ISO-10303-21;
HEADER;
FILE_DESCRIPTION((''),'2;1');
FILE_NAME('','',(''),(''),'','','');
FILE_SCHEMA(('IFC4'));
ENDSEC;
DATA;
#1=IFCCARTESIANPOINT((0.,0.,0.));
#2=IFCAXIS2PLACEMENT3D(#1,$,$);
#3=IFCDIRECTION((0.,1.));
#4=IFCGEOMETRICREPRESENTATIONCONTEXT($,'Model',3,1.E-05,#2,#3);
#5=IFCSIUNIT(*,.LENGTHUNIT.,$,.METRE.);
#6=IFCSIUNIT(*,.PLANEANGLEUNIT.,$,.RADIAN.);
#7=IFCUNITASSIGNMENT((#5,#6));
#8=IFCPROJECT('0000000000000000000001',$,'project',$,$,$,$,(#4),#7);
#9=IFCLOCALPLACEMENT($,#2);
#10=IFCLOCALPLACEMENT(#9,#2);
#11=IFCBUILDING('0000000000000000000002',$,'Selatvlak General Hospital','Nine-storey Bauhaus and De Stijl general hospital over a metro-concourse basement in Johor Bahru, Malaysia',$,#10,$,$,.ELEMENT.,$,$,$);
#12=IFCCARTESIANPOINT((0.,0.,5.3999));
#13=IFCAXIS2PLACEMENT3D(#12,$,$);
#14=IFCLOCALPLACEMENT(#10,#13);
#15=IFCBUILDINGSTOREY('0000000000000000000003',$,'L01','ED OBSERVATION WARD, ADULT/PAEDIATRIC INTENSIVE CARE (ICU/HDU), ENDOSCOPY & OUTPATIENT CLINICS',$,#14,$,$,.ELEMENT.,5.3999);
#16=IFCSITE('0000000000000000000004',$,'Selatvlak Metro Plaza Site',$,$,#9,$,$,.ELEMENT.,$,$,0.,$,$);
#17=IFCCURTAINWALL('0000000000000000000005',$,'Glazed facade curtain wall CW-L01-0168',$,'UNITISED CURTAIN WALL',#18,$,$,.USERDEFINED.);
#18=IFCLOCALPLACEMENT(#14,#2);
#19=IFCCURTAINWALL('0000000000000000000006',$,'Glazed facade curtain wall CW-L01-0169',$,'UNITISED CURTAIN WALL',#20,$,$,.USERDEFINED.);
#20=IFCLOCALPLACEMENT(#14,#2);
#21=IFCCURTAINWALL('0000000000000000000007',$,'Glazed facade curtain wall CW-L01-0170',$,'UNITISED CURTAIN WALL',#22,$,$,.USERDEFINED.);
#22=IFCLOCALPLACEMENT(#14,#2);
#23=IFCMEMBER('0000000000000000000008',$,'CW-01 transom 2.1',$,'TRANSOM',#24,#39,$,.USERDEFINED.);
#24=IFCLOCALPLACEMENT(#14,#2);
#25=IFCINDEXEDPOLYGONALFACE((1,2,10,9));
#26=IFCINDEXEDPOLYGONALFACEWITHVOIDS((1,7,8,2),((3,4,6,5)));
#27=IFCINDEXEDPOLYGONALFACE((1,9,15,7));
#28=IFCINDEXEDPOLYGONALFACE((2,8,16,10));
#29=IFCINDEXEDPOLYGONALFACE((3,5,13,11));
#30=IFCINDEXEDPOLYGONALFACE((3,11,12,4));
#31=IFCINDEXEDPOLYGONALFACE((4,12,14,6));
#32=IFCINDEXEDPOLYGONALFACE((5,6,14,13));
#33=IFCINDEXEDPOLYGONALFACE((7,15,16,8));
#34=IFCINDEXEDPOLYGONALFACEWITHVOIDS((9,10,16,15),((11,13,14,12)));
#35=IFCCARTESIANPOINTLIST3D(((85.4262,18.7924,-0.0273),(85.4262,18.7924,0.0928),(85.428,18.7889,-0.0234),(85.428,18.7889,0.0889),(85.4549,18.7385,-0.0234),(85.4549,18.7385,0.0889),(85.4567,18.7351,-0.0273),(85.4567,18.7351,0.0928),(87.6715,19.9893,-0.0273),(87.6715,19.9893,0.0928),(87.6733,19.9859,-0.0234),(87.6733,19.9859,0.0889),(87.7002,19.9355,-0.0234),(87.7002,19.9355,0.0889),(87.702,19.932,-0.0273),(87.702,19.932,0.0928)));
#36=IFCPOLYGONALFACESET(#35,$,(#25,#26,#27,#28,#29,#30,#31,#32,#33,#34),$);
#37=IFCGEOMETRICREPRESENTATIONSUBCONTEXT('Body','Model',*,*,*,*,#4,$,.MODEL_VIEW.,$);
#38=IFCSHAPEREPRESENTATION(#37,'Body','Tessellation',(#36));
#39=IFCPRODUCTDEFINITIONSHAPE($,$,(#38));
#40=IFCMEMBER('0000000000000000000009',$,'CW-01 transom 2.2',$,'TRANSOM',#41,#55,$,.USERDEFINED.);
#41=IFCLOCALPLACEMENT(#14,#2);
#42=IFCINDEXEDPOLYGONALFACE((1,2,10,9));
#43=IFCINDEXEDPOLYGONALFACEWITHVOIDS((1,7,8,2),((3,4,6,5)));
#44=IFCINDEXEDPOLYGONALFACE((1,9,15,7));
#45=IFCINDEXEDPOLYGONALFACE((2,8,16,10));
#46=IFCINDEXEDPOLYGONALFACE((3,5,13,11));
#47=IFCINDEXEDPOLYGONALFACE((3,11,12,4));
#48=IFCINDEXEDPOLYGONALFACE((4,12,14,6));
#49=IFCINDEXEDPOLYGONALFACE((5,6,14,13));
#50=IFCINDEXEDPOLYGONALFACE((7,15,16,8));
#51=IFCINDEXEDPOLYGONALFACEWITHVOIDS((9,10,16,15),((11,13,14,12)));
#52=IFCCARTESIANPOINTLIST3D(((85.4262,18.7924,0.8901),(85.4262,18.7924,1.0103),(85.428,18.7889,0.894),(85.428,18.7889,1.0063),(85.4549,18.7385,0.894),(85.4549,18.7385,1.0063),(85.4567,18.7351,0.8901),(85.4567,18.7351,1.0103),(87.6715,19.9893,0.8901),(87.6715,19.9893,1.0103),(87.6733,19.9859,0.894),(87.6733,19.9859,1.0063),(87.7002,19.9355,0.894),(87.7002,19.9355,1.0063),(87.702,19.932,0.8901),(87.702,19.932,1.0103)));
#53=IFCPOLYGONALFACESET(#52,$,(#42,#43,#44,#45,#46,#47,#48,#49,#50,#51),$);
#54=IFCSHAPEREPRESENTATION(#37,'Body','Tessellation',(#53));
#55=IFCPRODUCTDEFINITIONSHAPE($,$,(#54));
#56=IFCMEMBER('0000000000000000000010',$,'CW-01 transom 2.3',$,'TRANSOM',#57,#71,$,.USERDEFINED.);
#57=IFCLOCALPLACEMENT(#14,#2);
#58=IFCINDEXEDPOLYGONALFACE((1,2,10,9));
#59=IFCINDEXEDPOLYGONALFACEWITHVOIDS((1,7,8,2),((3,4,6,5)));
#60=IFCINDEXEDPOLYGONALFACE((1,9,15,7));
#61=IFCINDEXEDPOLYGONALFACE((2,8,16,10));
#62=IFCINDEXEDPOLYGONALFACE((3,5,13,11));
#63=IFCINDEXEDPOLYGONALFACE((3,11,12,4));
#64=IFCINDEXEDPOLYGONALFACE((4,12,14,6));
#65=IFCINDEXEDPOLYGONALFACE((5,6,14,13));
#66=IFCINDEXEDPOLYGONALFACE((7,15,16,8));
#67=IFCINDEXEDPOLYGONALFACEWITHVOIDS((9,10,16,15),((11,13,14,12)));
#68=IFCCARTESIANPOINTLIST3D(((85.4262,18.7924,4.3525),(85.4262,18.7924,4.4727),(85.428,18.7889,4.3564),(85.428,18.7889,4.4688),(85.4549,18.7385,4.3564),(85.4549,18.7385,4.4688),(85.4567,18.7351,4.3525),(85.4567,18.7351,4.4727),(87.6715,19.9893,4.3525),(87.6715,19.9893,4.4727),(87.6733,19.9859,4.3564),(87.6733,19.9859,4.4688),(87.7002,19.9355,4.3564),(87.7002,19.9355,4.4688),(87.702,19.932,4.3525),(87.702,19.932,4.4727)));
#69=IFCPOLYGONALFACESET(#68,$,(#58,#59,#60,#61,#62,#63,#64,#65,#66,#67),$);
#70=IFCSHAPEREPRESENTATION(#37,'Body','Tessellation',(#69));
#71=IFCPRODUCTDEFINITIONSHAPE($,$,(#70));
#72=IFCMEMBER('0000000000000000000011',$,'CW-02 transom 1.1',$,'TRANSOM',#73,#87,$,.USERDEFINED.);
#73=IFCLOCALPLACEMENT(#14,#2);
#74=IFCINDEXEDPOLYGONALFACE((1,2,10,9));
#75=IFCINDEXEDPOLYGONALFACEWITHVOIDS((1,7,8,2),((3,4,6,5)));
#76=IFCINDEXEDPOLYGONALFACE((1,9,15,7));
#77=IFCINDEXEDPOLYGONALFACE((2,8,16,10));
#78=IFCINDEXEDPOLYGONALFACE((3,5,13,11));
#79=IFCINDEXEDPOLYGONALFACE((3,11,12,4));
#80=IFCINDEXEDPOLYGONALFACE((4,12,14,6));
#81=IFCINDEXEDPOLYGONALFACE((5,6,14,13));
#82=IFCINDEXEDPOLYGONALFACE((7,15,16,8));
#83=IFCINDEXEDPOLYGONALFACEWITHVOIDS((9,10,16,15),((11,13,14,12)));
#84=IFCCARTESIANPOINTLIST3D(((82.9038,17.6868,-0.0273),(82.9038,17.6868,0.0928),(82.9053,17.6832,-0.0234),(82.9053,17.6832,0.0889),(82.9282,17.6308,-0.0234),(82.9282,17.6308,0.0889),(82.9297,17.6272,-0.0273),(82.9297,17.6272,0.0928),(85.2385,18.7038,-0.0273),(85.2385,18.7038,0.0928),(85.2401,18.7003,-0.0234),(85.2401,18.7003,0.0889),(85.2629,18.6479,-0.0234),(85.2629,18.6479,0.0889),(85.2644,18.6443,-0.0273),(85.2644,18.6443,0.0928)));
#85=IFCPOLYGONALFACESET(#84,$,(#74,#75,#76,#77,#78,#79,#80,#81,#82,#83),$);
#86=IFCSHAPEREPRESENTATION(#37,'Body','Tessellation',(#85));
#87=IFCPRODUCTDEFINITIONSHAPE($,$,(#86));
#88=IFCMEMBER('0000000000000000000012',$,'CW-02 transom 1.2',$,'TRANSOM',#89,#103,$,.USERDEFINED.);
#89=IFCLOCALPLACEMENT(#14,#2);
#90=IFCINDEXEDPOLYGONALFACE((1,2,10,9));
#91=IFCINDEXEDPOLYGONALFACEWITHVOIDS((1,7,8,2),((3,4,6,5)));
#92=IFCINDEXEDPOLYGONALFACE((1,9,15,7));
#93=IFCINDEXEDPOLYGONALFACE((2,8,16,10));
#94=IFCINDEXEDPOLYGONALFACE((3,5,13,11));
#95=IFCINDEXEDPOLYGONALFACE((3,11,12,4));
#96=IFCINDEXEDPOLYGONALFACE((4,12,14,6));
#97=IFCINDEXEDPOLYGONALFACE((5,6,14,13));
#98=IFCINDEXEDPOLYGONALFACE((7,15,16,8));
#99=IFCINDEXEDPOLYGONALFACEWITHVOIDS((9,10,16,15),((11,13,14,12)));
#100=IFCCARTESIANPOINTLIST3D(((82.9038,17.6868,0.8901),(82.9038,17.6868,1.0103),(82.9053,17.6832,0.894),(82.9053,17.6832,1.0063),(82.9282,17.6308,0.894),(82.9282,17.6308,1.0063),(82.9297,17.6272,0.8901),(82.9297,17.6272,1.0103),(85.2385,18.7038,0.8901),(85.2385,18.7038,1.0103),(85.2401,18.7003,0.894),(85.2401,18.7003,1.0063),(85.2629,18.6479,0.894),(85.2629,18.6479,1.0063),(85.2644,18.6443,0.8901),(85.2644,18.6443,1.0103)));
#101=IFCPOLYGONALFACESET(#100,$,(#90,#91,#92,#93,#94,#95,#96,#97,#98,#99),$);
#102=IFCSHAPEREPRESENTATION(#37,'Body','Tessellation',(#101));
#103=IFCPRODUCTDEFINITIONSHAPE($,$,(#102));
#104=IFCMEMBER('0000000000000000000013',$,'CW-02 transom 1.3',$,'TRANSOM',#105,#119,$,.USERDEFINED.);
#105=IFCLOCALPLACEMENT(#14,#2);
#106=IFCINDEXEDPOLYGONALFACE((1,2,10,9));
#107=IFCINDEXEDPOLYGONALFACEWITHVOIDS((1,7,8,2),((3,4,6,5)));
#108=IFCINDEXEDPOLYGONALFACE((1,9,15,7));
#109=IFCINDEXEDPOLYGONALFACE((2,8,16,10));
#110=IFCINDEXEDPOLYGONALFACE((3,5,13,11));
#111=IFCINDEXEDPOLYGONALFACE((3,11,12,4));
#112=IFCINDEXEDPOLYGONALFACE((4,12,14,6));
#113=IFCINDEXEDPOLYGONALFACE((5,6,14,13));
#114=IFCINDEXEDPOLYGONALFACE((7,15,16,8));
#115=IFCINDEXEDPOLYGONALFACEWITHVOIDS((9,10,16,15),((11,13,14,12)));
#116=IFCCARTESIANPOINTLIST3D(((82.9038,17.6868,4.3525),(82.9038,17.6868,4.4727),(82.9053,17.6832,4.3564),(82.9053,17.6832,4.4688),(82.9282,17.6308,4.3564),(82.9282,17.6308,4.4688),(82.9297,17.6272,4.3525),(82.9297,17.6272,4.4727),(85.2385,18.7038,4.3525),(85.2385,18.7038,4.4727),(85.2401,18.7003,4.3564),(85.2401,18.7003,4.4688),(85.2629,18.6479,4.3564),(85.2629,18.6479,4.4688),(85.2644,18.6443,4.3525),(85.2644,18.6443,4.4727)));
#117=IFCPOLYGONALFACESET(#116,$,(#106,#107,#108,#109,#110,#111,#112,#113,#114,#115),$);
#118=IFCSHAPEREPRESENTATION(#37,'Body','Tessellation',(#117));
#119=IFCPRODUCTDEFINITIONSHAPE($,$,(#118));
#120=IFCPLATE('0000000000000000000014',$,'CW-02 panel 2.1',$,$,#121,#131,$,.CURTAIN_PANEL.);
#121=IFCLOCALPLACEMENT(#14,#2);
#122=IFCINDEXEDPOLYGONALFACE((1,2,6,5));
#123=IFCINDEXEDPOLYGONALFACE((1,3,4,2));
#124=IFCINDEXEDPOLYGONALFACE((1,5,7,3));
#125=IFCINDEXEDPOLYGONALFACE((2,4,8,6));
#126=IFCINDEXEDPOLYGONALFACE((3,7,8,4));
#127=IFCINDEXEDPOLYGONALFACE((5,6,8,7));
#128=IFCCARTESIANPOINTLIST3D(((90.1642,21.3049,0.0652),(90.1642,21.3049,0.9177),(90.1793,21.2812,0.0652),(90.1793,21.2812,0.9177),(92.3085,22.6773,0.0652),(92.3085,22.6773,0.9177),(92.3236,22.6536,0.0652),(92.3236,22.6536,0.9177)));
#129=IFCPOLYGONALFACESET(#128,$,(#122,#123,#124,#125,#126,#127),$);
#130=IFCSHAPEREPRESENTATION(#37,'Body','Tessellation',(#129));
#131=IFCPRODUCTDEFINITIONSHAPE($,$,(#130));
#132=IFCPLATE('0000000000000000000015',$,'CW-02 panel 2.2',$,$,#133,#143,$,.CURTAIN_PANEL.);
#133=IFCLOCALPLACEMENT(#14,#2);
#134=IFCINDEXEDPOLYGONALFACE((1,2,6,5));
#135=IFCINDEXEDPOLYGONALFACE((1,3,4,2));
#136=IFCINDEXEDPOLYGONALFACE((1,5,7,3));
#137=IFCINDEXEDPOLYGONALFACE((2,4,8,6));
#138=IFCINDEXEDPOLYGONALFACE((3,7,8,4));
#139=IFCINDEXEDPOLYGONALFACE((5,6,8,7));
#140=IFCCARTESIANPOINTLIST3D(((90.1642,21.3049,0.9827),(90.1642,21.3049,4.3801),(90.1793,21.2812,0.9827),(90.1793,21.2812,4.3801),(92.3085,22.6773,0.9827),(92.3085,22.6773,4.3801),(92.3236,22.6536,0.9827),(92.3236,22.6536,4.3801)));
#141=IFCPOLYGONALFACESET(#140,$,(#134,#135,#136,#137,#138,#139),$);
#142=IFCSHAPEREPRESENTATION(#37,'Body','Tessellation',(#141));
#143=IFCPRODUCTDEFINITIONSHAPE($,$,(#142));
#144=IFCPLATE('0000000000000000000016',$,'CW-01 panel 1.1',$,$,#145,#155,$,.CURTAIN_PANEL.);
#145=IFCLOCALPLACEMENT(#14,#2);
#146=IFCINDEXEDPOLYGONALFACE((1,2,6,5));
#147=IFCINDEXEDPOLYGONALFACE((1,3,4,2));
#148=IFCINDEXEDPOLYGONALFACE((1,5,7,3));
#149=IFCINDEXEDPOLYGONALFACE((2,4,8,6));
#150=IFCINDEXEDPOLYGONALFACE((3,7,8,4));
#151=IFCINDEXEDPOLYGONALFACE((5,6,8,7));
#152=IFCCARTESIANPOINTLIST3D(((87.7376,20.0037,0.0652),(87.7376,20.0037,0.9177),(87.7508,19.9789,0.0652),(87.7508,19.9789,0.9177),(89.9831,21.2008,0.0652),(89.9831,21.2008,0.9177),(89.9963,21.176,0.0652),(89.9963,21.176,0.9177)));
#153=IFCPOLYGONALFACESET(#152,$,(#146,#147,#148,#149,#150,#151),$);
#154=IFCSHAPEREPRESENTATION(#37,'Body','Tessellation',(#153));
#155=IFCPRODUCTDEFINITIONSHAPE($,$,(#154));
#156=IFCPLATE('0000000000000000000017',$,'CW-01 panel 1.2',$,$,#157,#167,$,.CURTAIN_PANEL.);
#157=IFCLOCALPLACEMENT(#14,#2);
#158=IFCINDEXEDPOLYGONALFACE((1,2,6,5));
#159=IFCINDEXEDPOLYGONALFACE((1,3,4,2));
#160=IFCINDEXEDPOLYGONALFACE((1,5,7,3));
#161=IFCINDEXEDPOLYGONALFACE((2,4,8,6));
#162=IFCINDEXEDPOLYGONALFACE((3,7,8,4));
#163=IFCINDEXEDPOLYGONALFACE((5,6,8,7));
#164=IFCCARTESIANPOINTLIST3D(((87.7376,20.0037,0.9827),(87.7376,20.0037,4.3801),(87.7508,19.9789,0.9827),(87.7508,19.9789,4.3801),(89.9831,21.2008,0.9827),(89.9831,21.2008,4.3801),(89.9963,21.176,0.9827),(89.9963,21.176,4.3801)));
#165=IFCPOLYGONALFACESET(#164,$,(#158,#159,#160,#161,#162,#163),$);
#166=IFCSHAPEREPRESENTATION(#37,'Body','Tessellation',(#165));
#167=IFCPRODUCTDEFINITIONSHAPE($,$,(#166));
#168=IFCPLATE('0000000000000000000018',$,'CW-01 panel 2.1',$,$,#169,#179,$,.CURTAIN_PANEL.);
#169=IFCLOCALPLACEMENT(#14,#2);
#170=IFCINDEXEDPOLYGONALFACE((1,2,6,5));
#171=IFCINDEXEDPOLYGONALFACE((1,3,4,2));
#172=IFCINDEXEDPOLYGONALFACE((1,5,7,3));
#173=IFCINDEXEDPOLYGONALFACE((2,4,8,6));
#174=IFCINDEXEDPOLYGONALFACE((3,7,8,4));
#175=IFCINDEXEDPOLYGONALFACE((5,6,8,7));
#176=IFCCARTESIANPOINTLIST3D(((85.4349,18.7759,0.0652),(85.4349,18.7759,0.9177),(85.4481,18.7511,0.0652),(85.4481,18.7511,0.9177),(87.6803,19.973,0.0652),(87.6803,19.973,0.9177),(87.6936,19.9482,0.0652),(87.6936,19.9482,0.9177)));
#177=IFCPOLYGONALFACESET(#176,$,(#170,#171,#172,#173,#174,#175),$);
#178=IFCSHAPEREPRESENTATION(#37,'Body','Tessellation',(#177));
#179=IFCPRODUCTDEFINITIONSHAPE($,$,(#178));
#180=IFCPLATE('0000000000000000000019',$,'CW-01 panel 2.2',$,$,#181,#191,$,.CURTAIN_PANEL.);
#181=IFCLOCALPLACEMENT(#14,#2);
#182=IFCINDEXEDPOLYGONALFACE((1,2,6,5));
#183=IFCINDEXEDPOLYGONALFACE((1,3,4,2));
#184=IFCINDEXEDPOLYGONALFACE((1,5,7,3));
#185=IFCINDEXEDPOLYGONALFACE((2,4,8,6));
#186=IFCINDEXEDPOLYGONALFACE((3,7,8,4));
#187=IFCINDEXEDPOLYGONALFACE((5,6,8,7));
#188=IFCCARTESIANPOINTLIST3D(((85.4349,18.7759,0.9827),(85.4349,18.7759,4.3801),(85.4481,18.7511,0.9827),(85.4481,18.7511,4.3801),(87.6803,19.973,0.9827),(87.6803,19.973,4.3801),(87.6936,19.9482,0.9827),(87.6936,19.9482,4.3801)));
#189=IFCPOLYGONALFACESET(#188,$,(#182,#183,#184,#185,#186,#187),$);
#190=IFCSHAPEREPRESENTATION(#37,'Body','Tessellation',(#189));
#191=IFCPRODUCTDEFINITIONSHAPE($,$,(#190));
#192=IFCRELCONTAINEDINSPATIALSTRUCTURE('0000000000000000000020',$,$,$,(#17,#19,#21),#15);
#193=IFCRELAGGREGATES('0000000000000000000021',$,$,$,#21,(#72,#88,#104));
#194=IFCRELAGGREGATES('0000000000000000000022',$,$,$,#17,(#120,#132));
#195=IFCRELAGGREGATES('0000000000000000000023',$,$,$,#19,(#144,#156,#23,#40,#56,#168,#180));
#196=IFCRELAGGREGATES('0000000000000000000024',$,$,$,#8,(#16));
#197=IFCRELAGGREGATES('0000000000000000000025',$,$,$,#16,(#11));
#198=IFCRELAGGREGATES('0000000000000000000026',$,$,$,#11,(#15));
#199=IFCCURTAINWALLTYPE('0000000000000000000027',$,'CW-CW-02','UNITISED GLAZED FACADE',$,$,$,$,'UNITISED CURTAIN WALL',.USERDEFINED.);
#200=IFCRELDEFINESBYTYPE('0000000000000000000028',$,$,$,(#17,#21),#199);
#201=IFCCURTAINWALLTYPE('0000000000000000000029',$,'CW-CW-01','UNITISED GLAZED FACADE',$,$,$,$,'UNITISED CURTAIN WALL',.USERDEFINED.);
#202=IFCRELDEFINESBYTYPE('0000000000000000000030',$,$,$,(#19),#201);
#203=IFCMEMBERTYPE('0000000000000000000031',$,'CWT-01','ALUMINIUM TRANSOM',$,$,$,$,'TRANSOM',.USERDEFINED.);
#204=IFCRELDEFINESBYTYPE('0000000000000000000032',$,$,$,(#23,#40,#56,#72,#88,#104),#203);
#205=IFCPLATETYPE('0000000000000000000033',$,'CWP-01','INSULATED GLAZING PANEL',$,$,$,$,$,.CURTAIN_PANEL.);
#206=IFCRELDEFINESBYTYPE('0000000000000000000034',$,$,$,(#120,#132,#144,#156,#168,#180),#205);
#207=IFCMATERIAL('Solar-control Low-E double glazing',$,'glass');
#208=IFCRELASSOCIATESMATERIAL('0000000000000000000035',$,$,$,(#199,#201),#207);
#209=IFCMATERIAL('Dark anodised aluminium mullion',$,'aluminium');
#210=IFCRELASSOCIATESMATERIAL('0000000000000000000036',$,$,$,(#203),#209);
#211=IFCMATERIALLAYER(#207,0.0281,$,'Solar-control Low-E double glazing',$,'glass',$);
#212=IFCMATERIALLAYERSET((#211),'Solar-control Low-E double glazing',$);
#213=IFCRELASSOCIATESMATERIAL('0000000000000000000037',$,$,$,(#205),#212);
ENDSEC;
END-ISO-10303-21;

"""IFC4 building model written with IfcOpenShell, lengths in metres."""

from ifc_helpers import new_model, si_unit, direction, frame, origin, origin_2d, place, context, subcontext, project, spatial, rectangle, hollow_rectangle, extrude, material, layer, layer_set, material_profile, profile_set, type_object, element, aggregate, save


model = new_model("IFC4")

# Units and contexts
model_context = context("Model", 3, precision=1e-05, world=origin(), true_north=direction((0.0, 1.0)))
body_context = subcontext(model_context, "Body", "Model", "MODEL_VIEW")
ifc_project = project(units=[si_unit("LENGTHUNIT", "METRE"), si_unit("PLANEANGLEUNIT", "RADIAN")], contexts=[model_context])

# Site, building, storey
site_placement = place(None, origin())
site = spatial("IfcSite", under=ifc_project, at=site_placement, Name="Selatvlak Metro Plaza Site", CompositionType="ELEMENT", RefElevation=0.0)
building_placement = place(site_placement, origin())
building = spatial("IfcBuilding", under=site, at=building_placement, Name="Selatvlak General Hospital", Description="Nine-storey Bauhaus and De Stijl general hospital over a metro-concourse basement in Johor Bahru, Malaysia", CompositionType="ELEMENT")
storey_placement = place(building_placement, frame((0.0, 0.0, 5.3999)))
storey = spatial("IfcBuildingStorey", under=building, at=storey_placement, Name="L01", Description="ED OBSERVATION WARD, ADULT/PAEDIATRIC INTENSIVE CARE (ICU/HDU), ENDOSCOPY & OUTPATIENT CLINICS", CompositionType="ELEMENT", Elevation=5.3999)

# Curtain wall
ifc_material_1 = material(Name="Solar-control Low-E double glazing", Category="glass")
curtain_wall_type_1 = type_object("IfcCurtainWallType", Name="CW-CW-02", Description="UNITISED GLAZED FACADE", ElementType="UNITISED CURTAIN WALL", PredefinedType="USERDEFINED", material=ifc_material_1)
curtain_wall_1_placement = place(storey_placement, origin())
curtain_wall_1 = element("IfcCurtainWall", 1, at=curtain_wall_1_placement, inside=storey, type_object=curtain_wall_type_1, Name="Glazed facade curtain wall CW-L01-0168", ObjectType="UNITISED CURTAIN WALL", PredefinedType="USERDEFINED")
ifc_material_2 = material(Name="Dark anodised aluminium mullion", Category="aluminium")

# Curtain wall
curtain_wall_type_2 = type_object("IfcCurtainWallType", Name="CW-CW-01", Description="UNITISED GLAZED FACADE", ElementType="UNITISED CURTAIN WALL", PredefinedType="USERDEFINED", material=ifc_material_1)
curtain_wall_2_placement = place(storey_placement, origin())
curtain_wall_2 = element("IfcCurtainWall", 2, at=curtain_wall_2_placement, inside=storey, type_object=curtain_wall_type_2, Name="Glazed facade curtain wall CW-L01-0169", ObjectType="UNITISED CURTAIN WALL", PredefinedType="USERDEFINED")

# Curtain wall
curtain_wall_3_placement = place(storey_placement, origin())
curtain_wall_3 = element("IfcCurtainWall", 3, at=curtain_wall_3_placement, inside=storey, type_object=curtain_wall_type_1, Name="Glazed facade curtain wall CW-L01-0170", ObjectType="UNITISED CURTAIN WALL", PredefinedType="USERDEFINED")

# Members
ifc_material_profile_1 = material_profile(ifc_material_2, hollow_rectangle(XDim=0.0649, YDim=0.1201, WallThickness=0.0039, at=origin_2d()), Name="AL-TRN 65x120x4")
ifc_profile_set_1 = profile_set([ifc_material_profile_1], Name="Dark anodised aluminium mullion")
member_type_1 = type_object("IfcMemberType", Name="CWT-01", Description="ALUMINIUM TRANSOM", ElementType="TRANSOM", PredefinedType="USERDEFINED", material=ifc_profile_set_1)
member_1_placement = place(storey_placement, frame((87.6868, 19.9607, 0.0327), z_axis=(-0.882435, -0.470434, 0.0), x_axis=(0.470434, -0.882435, 0.0)))
member_1 = element("IfcMember", 4, at=member_1_placement, type_object=member_type_1, Name="CW-01 transom 2.1", ObjectType="TRANSOM", PredefinedType="USERDEFINED", context=body_context, shape_type="SweptSolid", body=[
    extrude(hollow_rectangle(XDim=0.0649, YDim=0.1201, WallThickness=0.0039, at=origin_2d()), origin(), (0.0, 0.0, 1.0), 2.5444),
])
member_2_placement = place(storey_placement, frame((87.6868, 19.9607, 0.9502), z_axis=(-0.882435, -0.470434, 0.0), x_axis=(0.470434, -0.882435, 0.0)))
member_2 = element("IfcMember", 5, at=member_2_placement, type_object=member_type_1, Name="CW-01 transom 2.2", ObjectType="TRANSOM", PredefinedType="USERDEFINED", context=body_context, shape_type="SweptSolid", body=[
    extrude(hollow_rectangle(XDim=0.0649, YDim=0.1201, WallThickness=0.0039, at=origin_2d()), origin(), (0.0, 0.0, 1.0), 2.5444),
])
member_3_placement = place(storey_placement, frame((87.6868, 19.9607, 4.4126), z_axis=(-0.882435, -0.470434, 0.0), x_axis=(0.470434, -0.882435, 0.0)))
member_3 = element("IfcMember", 6, at=member_3_placement, type_object=member_type_1, Name="CW-01 transom 2.3", ObjectType="TRANSOM", PredefinedType="USERDEFINED", context=body_context, shape_type="SweptSolid", body=[
    extrude(hollow_rectangle(XDim=0.0649, YDim=0.1201, WallThickness=0.0039, at=origin_2d()), origin(), (0.0, 0.0, 1.0), 2.5444),
])
member_4_placement = place(storey_placement, frame((85.2515, 18.6741, 0.0327), z_axis=(-0.916783, -0.399385, 0.0), x_axis=(0.399385, -0.916783, 0.0)))
member_4 = element("IfcMember", 7, at=member_4_placement, type_object=member_type_1, Name="CW-02 transom 1.1", ObjectType="TRANSOM", PredefinedType="USERDEFINED", context=body_context, shape_type="SweptSolid", body=[
    extrude(hollow_rectangle(XDim=0.0649, YDim=0.1201, WallThickness=0.0039, at=origin_2d()), origin(), (0.0, 0.0, 1.0), 2.5466),
])
member_5_placement = place(storey_placement, frame((85.2515, 18.6741, 0.9502), z_axis=(-0.916783, -0.399385, 0.0), x_axis=(0.399385, -0.916783, 0.0)))
member_5 = element("IfcMember", 8, at=member_5_placement, type_object=member_type_1, Name="CW-02 transom 1.2", ObjectType="TRANSOM", PredefinedType="USERDEFINED", context=body_context, shape_type="SweptSolid", body=[
    extrude(hollow_rectangle(XDim=0.0649, YDim=0.1201, WallThickness=0.0039, at=origin_2d()), origin(), (0.0, 0.0, 1.0), 2.5466),
])
member_6_placement = place(storey_placement, frame((85.2515, 18.6741, 4.4126), z_axis=(-0.916783, -0.399385, 0.0), x_axis=(0.399385, -0.916783, 0.0)))
member_6 = element("IfcMember", 9, at=member_6_placement, type_object=member_type_1, Name="CW-02 transom 1.3", ObjectType="TRANSOM", PredefinedType="USERDEFINED", context=body_context, shape_type="SweptSolid", body=[
    extrude(hollow_rectangle(XDim=0.0649, YDim=0.1201, WallThickness=0.0039, at=origin_2d()), origin(), (0.0, 0.0, 1.0), 2.5466),
])
aggregate(curtain_wall_3, [member_4, member_5, member_6])

# Plates
ifc_layer_1 = layer(ifc_material_1, 0.0281, Name="Solar-control Low-E double glazing", Category="glass")
ifc_layer_set_1 = layer_set([ifc_layer_1], Name="Solar-control Low-E double glazing")
plate_type = type_object("IfcPlateType", Name="CWP-01", Description="INSULATED GLAZING PANEL", PredefinedType="CURTAIN_PANEL", material=ifc_layer_set_1)
plate_1_placement = place(storey_placement, frame((91.2439, 21.9792, 0.0652), z_axis=(0.0, 0.0, 1.0), x_axis=(-0.842265, -0.539064, 0.0)))
plate_1 = element("IfcPlate", 10, at=plate_1_placement, type_object=plate_type, Name="CW-02 panel 2.1", PredefinedType="CURTAIN_PANEL", context=body_context, shape_type="SweptSolid", body=[
    extrude(rectangle(XDim=2.5459, YDim=0.0281, at=origin_2d()), origin(), (0.0, 0.0, 1.0), 0.8525),
])
plate_2_placement = place(storey_placement, frame((91.2439, 21.9792, 0.9827), z_axis=(0.0, 0.0, 1.0), x_axis=(-0.842265, -0.539064, 0.0)))
plate_2 = element("IfcPlate", 11, at=plate_2_placement, type_object=plate_type, Name="CW-02 panel 2.2", PredefinedType="CURTAIN_PANEL", context=body_context, shape_type="SweptSolid", body=[
    extrude(rectangle(XDim=2.5459, YDim=0.0281, at=origin_2d()), origin(), (0.0, 0.0, 1.0), 3.3975),
])
aggregate(curtain_wall_1, [plate_1, plate_2])
plate_3_placement = place(storey_placement, frame((88.8669, 20.5898, 0.0652), z_axis=(0.0, 0.0, 1.0), x_axis=(-0.882426, -0.470451, 0.0)))
plate_3 = element("IfcPlate", 12, at=plate_3_placement, type_object=plate_type, Name="CW-01 panel 1.1", PredefinedType="CURTAIN_PANEL", context=body_context, shape_type="SweptSolid", body=[
    extrude(rectangle(XDim=2.5447, YDim=0.0281, at=origin_2d()), origin(), (0.0, 0.0, 1.0), 0.8525),
])
plate_4_placement = place(storey_placement, frame((88.8669, 20.5898, 0.9827), z_axis=(0.0, 0.0, 1.0), x_axis=(-0.882426, -0.470451, 0.0)))
plate_4 = element("IfcPlate", 13, at=plate_4_placement, type_object=plate_type, Name="CW-01 panel 1.2", PredefinedType="CURTAIN_PANEL", context=body_context, shape_type="SweptSolid", body=[
    extrude(rectangle(XDim=2.5447, YDim=0.0281, at=origin_2d()), origin(), (0.0, 0.0, 1.0), 3.3975),
])
plate_5_placement = place(storey_placement, frame((86.5642, 19.3621, 0.0652), z_axis=(0.0, 0.0, 1.0), x_axis=(-0.882426, -0.470451, 0.0)))
plate_5 = element("IfcPlate", 14, at=plate_5_placement, type_object=plate_type, Name="CW-01 panel 2.1", PredefinedType="CURTAIN_PANEL", context=body_context, shape_type="SweptSolid", body=[
    extrude(rectangle(XDim=2.5447, YDim=0.0281, at=origin_2d()), origin(), (0.0, 0.0, 1.0), 0.8525),
])
plate_6_placement = place(storey_placement, frame((86.5642, 19.3621, 0.9827), z_axis=(0.0, 0.0, 1.0), x_axis=(-0.882426, -0.470451, 0.0)))
plate_6 = element("IfcPlate", 15, at=plate_6_placement, type_object=plate_type, Name="CW-01 panel 2.2", PredefinedType="CURTAIN_PANEL", context=body_context, shape_type="SweptSolid", body=[
    extrude(rectangle(XDim=2.5447, YDim=0.0281, at=origin_2d()), origin(), (0.0, 0.0, 1.0), 3.3975),
])
aggregate(curtain_wall_2, [plate_3, plate_4, member_1, member_2, member_3, plate_5, plate_6])

save(model, "model.ifc")
